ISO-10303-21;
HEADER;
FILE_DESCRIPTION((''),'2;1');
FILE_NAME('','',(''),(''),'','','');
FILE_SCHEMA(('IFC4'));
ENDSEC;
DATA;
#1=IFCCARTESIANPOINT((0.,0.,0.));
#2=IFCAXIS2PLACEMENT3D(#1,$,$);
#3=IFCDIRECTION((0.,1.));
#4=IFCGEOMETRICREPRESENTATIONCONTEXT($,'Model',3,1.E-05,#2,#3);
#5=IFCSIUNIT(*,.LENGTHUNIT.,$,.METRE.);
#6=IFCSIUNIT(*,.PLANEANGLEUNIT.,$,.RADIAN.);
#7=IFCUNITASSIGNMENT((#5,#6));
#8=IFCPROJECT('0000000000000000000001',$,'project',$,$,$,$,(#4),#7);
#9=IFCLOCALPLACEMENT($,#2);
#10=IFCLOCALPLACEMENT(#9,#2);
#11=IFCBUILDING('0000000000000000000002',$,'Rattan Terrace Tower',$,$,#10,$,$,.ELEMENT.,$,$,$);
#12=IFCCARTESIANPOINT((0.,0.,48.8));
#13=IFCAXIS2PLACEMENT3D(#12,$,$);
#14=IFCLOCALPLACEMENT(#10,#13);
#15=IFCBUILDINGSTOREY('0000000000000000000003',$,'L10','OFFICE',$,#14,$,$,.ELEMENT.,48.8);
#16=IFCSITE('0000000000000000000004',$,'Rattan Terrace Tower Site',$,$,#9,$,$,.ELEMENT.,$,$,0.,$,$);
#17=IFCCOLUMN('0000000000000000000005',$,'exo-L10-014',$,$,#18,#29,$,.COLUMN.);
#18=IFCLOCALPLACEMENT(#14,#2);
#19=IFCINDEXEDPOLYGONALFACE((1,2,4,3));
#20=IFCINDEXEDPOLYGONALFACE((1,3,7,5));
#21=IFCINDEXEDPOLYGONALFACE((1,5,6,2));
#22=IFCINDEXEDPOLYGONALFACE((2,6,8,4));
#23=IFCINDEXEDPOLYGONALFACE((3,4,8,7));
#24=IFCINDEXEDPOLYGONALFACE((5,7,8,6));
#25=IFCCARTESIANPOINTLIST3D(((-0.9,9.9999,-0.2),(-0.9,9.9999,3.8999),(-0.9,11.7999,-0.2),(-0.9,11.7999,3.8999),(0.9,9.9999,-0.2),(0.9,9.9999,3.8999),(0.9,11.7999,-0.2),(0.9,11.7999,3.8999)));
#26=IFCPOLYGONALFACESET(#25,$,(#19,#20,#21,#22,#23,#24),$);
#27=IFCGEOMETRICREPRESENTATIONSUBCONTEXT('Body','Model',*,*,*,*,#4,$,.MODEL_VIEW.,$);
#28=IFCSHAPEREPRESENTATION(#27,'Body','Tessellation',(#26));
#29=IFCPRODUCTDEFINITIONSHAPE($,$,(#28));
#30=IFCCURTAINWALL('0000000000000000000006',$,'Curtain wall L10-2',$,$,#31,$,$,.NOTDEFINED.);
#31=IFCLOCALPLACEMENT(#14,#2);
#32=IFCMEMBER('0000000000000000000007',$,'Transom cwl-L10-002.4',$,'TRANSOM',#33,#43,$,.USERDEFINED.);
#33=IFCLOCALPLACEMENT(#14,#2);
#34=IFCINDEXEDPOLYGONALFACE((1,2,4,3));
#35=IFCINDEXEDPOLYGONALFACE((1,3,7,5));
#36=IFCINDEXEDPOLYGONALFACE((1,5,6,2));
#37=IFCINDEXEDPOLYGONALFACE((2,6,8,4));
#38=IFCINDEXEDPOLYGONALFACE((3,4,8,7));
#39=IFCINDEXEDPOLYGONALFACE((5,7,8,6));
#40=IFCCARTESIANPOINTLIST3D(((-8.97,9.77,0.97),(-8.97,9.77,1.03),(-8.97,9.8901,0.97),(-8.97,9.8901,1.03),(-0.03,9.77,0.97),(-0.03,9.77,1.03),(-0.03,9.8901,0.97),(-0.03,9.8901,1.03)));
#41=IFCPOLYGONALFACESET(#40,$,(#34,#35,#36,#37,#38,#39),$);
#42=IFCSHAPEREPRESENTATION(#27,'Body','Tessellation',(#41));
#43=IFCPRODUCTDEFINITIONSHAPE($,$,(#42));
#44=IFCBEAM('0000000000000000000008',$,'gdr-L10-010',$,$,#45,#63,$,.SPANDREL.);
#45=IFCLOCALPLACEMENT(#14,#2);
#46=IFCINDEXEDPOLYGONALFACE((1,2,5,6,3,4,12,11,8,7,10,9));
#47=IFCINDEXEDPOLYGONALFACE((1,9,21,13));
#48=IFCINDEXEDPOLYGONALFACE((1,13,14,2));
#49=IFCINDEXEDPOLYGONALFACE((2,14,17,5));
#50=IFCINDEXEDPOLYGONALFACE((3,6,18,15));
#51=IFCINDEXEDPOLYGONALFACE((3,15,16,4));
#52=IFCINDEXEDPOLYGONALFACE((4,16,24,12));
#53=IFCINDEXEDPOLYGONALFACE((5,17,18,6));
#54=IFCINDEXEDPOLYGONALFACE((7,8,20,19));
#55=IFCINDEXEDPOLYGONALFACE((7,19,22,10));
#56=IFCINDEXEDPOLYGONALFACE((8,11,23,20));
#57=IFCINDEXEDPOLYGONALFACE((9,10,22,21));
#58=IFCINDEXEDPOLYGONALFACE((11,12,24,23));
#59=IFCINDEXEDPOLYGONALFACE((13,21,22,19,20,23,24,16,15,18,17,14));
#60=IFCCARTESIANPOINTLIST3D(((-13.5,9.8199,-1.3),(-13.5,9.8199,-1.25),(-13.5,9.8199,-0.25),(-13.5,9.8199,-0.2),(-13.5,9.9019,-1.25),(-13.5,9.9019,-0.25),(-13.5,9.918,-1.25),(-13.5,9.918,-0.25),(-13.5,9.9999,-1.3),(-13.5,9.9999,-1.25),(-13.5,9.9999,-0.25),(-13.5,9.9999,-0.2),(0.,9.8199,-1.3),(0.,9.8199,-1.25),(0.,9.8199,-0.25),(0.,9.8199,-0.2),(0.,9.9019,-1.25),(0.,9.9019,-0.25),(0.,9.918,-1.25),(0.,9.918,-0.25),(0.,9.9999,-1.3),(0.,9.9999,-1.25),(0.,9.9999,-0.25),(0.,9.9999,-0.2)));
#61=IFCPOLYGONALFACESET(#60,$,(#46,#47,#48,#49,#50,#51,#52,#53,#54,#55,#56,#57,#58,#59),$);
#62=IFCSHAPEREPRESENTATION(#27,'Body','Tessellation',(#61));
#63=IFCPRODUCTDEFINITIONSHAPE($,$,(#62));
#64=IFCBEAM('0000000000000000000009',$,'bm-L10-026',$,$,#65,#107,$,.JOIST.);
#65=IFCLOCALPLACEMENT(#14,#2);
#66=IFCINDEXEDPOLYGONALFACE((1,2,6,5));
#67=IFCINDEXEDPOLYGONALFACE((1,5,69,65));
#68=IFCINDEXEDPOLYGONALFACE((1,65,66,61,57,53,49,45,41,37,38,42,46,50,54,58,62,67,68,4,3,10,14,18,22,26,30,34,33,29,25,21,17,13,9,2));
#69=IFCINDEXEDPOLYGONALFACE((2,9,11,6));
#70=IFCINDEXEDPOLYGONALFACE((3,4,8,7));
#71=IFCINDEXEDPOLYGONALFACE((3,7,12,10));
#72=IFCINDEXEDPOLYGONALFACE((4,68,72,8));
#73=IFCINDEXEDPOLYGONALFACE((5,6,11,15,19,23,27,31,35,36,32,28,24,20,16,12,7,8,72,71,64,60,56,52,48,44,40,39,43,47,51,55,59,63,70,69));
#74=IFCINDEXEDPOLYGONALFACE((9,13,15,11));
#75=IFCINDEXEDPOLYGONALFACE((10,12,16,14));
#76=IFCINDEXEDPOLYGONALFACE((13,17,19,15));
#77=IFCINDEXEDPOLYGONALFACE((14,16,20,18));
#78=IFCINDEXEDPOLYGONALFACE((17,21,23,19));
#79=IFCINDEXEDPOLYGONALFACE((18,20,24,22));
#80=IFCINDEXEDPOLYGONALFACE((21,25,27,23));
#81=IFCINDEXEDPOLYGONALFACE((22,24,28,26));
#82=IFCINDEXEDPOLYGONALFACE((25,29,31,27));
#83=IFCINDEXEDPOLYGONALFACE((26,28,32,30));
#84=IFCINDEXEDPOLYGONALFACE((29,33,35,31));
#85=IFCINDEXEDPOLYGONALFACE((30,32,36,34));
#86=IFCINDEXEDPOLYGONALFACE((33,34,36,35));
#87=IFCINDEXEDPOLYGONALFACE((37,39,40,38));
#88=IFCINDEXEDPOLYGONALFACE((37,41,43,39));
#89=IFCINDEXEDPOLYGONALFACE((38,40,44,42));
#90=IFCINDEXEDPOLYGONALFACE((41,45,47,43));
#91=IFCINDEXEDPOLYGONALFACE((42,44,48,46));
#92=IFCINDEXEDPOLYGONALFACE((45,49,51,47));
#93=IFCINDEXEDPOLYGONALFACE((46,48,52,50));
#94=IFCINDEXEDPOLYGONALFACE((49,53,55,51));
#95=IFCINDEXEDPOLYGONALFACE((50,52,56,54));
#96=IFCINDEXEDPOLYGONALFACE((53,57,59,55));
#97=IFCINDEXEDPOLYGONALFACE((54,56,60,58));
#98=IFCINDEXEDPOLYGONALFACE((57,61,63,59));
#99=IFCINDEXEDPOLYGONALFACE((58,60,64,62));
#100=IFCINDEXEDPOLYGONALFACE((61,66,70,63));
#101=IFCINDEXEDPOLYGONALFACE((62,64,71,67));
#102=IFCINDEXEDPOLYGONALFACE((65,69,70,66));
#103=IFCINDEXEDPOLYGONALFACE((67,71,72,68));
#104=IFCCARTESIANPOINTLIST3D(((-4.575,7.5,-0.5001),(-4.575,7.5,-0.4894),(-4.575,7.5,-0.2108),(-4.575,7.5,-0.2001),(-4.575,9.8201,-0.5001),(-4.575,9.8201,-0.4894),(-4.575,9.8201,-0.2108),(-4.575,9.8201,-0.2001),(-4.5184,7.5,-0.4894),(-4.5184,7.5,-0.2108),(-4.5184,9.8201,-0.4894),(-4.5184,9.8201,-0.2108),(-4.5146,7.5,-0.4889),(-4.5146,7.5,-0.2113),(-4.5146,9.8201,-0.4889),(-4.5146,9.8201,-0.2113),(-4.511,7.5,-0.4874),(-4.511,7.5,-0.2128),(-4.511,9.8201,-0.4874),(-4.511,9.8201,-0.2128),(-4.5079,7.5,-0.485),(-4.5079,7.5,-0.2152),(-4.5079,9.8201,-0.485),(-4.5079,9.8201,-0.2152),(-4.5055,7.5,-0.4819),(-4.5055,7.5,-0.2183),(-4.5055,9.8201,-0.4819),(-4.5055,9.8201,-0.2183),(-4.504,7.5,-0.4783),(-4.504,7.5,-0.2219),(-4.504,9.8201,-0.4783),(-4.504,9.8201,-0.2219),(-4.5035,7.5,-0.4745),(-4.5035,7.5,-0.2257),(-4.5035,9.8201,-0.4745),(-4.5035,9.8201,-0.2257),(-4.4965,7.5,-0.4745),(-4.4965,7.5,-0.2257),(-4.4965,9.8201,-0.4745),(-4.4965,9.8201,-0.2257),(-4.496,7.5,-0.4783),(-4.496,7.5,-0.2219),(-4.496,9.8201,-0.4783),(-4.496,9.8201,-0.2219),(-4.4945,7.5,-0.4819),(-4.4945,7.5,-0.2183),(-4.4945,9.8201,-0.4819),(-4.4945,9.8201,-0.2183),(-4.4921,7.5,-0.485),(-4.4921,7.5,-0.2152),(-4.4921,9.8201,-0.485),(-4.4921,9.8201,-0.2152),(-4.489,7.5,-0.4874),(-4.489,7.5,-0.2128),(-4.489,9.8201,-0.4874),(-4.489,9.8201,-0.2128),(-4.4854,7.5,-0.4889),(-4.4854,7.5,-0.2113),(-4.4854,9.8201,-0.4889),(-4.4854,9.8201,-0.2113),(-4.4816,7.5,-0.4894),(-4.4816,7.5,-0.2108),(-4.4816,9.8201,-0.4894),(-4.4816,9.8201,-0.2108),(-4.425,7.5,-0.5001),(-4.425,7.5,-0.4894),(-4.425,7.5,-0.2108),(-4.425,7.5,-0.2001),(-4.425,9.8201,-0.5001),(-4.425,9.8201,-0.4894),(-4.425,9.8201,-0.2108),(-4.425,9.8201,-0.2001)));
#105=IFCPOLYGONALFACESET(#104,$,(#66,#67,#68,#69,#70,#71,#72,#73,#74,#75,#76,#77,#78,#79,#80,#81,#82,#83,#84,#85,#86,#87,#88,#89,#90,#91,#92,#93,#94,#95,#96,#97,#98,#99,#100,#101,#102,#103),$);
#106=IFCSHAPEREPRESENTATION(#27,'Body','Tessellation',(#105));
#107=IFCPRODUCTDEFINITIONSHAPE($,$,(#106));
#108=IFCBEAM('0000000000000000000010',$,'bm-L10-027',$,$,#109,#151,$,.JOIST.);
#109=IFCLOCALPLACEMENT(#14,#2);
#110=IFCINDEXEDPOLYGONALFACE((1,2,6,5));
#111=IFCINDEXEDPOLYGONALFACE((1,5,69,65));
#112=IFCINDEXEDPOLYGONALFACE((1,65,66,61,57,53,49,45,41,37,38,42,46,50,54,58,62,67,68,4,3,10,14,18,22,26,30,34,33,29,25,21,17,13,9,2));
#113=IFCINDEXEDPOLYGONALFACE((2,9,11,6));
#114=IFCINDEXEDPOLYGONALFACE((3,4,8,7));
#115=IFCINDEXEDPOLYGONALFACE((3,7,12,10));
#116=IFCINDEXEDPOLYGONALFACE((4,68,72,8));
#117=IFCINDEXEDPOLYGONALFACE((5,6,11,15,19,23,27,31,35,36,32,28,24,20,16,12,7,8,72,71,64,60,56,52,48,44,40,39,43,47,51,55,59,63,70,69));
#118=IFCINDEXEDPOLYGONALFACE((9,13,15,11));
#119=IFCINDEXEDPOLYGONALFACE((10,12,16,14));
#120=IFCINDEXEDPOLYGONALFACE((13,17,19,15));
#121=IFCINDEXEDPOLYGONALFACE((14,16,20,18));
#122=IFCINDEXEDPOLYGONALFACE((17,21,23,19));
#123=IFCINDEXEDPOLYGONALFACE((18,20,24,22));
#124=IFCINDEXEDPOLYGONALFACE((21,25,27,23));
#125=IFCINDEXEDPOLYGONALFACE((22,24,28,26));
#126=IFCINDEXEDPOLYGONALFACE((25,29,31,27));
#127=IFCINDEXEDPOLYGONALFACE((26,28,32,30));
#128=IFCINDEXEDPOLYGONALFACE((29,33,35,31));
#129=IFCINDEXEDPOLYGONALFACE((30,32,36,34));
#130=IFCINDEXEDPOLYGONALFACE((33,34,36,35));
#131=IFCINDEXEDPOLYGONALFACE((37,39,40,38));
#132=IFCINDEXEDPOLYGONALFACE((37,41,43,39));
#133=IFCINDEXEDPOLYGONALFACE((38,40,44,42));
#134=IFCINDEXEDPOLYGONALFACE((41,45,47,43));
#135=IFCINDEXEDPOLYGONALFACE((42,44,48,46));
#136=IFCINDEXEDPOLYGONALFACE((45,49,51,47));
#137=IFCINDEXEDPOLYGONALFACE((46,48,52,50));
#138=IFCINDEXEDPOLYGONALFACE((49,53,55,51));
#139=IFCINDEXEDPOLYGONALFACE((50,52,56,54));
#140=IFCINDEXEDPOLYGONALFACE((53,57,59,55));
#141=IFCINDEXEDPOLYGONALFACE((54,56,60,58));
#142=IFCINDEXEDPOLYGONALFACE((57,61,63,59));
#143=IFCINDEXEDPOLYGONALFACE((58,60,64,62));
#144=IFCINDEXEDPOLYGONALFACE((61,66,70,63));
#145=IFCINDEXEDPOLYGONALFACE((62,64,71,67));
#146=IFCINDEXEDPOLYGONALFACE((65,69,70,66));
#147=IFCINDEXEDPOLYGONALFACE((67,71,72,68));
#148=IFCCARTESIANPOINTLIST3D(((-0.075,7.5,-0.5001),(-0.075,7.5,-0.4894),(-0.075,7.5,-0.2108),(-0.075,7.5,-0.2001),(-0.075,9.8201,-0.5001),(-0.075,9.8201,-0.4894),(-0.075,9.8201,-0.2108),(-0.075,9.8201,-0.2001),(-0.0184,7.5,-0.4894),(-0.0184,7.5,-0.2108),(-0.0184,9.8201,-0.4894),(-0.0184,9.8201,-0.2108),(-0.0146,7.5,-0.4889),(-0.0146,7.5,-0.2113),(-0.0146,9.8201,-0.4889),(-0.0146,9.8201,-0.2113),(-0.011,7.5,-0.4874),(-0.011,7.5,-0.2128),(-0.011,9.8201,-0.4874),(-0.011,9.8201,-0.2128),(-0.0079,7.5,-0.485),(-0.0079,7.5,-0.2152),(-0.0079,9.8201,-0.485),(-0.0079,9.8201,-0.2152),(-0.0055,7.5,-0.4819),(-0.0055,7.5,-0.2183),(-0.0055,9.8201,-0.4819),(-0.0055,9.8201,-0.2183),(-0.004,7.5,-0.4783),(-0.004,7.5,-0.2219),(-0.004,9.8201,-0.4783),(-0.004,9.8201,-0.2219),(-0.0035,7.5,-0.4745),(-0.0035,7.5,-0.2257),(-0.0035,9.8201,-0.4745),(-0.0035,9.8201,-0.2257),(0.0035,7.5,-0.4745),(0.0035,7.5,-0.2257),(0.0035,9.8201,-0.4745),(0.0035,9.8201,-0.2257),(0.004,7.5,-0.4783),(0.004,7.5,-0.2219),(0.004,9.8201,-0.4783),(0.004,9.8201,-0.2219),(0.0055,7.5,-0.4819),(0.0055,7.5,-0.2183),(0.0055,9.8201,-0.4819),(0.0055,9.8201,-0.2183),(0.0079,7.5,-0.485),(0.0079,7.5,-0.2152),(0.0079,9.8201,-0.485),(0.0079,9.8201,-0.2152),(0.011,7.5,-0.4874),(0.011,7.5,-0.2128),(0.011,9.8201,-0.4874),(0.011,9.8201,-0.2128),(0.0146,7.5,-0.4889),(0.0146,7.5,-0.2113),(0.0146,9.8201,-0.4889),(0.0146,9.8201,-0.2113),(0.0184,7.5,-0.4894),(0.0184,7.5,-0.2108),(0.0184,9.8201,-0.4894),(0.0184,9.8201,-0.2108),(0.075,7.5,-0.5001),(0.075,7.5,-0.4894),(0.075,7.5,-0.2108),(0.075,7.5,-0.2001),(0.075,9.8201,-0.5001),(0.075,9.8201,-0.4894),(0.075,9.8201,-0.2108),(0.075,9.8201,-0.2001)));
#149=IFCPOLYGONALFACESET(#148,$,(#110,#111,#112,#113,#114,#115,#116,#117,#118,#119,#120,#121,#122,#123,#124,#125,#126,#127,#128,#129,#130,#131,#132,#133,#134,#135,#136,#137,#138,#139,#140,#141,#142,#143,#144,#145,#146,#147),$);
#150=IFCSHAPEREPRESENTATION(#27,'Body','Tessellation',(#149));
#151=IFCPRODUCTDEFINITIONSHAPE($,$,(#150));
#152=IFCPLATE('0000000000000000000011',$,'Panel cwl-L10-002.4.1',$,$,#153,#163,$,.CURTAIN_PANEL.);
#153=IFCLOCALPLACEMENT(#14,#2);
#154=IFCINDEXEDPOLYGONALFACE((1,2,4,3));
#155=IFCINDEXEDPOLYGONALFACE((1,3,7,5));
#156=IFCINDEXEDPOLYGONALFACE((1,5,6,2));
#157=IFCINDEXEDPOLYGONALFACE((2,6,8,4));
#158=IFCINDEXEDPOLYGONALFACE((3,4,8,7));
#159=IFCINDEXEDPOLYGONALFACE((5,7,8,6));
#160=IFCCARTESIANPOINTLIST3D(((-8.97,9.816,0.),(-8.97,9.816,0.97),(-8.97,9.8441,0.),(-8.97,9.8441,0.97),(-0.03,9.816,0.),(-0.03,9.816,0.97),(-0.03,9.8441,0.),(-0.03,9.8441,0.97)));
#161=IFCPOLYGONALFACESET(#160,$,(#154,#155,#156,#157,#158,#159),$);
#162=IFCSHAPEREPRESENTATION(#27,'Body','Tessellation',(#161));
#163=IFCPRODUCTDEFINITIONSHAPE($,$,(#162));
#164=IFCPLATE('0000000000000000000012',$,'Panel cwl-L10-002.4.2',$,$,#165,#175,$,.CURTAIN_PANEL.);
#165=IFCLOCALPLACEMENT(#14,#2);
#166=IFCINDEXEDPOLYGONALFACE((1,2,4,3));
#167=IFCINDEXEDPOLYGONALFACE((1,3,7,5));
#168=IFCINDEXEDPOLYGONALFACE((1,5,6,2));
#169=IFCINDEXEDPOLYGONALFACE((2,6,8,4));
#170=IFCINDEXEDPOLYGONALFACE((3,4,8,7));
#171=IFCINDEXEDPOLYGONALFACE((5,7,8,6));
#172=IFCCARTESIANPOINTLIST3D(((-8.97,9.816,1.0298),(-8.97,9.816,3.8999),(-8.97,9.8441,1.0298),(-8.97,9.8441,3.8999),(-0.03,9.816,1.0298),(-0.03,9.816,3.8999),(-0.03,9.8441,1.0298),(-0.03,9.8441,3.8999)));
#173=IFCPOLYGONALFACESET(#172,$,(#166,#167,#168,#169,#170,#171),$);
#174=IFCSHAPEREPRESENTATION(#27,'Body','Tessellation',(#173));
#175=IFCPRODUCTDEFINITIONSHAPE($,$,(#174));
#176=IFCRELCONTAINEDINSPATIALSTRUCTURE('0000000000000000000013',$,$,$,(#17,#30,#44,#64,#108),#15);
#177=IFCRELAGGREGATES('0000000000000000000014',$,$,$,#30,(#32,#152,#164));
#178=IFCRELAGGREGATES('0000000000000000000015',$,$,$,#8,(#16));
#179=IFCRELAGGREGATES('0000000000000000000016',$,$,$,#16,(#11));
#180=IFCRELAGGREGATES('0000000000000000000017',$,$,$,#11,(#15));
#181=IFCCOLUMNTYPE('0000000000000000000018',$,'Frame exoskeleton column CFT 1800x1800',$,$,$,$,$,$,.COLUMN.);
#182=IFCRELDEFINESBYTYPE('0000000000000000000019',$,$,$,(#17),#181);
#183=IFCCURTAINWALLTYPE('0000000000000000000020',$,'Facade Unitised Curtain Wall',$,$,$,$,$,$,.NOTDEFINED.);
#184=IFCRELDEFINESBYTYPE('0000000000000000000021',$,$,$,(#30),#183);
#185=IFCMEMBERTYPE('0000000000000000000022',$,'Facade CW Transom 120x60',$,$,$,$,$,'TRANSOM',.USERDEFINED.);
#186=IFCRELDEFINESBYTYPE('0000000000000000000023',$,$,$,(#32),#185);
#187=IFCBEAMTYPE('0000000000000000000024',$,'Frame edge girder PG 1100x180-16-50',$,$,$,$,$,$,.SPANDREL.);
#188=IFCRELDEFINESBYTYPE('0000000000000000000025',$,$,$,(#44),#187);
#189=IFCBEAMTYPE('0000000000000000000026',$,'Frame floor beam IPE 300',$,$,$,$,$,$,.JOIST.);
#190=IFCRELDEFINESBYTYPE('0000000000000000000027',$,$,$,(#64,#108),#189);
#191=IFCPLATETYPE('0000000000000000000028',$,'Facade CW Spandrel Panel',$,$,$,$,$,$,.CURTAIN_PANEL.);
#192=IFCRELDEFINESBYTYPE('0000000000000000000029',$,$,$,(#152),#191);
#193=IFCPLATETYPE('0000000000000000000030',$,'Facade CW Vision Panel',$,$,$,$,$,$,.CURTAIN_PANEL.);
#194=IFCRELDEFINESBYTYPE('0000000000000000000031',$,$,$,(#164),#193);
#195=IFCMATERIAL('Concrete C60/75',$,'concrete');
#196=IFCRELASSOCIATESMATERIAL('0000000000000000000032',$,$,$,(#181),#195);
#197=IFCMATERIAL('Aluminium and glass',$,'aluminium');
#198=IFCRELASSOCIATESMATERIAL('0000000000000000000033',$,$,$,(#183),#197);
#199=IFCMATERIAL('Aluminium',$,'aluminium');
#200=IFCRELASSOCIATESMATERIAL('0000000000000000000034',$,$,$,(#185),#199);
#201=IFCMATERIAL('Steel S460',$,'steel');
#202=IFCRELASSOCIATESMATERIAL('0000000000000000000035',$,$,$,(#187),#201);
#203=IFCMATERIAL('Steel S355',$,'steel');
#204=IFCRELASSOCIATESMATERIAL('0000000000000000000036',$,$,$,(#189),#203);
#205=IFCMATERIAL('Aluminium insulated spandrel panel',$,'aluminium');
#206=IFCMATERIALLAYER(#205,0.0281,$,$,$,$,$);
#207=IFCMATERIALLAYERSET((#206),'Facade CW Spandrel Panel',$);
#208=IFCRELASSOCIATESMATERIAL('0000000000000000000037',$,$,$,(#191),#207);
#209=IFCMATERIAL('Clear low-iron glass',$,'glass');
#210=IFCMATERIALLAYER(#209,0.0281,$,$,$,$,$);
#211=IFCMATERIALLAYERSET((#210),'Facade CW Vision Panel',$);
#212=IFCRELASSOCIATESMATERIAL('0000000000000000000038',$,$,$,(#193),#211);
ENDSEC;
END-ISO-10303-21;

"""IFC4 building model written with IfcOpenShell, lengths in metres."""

from ifc_helpers import new_model, si_unit, direction, frame, origin, origin_2d, place, context, subcontext, project, spatial, rectangle, i_section, extrude, material, layer, layer_set, material_profile, profile_set, type_object, element, aggregate, save


model = new_model("IFC4")

# Units and contexts
model_context = context("Model", 3, precision=1e-05, world=origin(), true_north=direction((0.0, 1.0)))
body_context = subcontext(model_context, "Body", "Model", "MODEL_VIEW")
ifc_project = project(units=[si_unit("LENGTHUNIT", "METRE"), si_unit("PLANEANGLEUNIT", "RADIAN")], contexts=[model_context])

# Site, building, storey
site_placement = place(None, origin())
site = spatial("IfcSite", under=ifc_project, at=site_placement, Name="Rattan Terrace Tower Site", CompositionType="ELEMENT", RefElevation=0.0)
building_placement = place(site_placement, origin())
building = spatial("IfcBuilding", under=site, at=building_placement, Name="Rattan Terrace Tower", CompositionType="ELEMENT")
storey_placement = place(building_placement, frame((0.0, 0.0, 48.8)))
storey = spatial("IfcBuildingStorey", under=building, at=storey_placement, Name="L10", Description="OFFICE", CompositionType="ELEMENT", Elevation=48.8)

# Column
ifc_material_1 = material(Name="Concrete C60/75", Category="concrete")
ifc_material_profile_1 = material_profile(ifc_material_1, rectangle(XDim=1.8, YDim=1.8, at=origin_2d()), Name="CFT 1800x1800")
ifc_profile_set_1 = profile_set([ifc_material_profile_1], Name="Concrete C60/75")
column_type = type_object("IfcColumnType", Name="Frame exoskeleton column CFT 1800x1800", PredefinedType="COLUMN", material=ifc_profile_set_1)
column_placement = place(storey_placement, frame((0.0, 10.8999, -0.2), z_axis=(0.0, 0.0, 1.0), x_axis=(1.0, 0.0, 0.0)))
element("IfcColumn", 1, at=column_placement, inside=storey, type_object=column_type, Name="exo-L10-014", PredefinedType="COLUMN", context=body_context, shape_type="SweptSolid", body=[
    extrude(rectangle(XDim=1.8, YDim=1.8, at=origin_2d()), origin(), (0.0, 0.0, 1.0), 4.0999),
])

# Curtain wall, member
ifc_material_2 = material(Name="Aluminium and glass", Category="aluminium")
curtain_wall_type = type_object("IfcCurtainWallType", Name="Facade Unitised Curtain Wall", PredefinedType="NOTDEFINED", material=ifc_material_2)
curtain_wall_placement = place(storey_placement, origin())
curtain_wall = element("IfcCurtainWall", 2, at=curtain_wall_placement, inside=storey, type_object=curtain_wall_type, Name="Curtain wall L10-2", PredefinedType="NOTDEFINED")
ifc_material_3 = material(Name="Aluminium", Category="aluminium")
ifc_material_profile_2 = material_profile(ifc_material_3, rectangle(XDim=0.1201, YDim=0.0601, at=origin_2d()), Name="Aluminium 120x60")
ifc_profile_set_2 = profile_set([ifc_material_profile_2], Name="Aluminium")
member_type = type_object("IfcMemberType", Name="Facade CW Transom 120x60", ElementType="TRANSOM", PredefinedType="USERDEFINED", material=ifc_profile_set_2)
member_placement = place(storey_placement, frame((-0.03, 9.8301, 1.0), z_axis=(-1.0, 0.0, 0.0), x_axis=(0.0, -1.0, 0.0)))
member = element("IfcMember", 3, at=member_placement, type_object=member_type, Name="Transom cwl-L10-002.4", ObjectType="TRANSOM", PredefinedType="USERDEFINED", context=body_context, shape_type="SweptSolid", body=[
    extrude(rectangle(XDim=0.1201, YDim=0.0601, at=origin_2d()), origin(), (0.0, 0.0, 1.0), 8.9399),
])

# Beams
ifc_material_4 = material(Name="Steel S460", Category="steel")
ifc_material_profile_3 = material_profile(ifc_material_4, i_section(OverallWidth=0.1799, OverallDepth=1.1001, WebThickness=0.0161, FlangeThickness=0.05, at=origin_2d()), Name="PG 1100x180-16-50")
ifc_profile_set_3 = profile_set([ifc_material_profile_3], Name="Steel S460")
beam_type_1 = type_object("IfcBeamType", Name="Frame edge girder PG 1100x180-16-50", PredefinedType="SPANDREL", material=ifc_profile_set_3)
beam_placement = place(storey_placement, frame((0.0, 9.9099, -0.75), z_axis=(-1.0, 0.0, 0.0), x_axis=(0.0, -1.0, 0.0)))
element("IfcBeam", 4, at=beam_placement, inside=storey, type_object=beam_type_1, Name="gdr-L10-010", PredefinedType="SPANDREL", context=body_context, shape_type="SweptSolid", body=[
    extrude(i_section(OverallWidth=0.1799, OverallDepth=1.1001, WebThickness=0.0161, FlangeThickness=0.05, at=origin_2d()), origin(), (0.0, 0.0, 1.0), 13.5),
])
ifc_material_5 = material(Name="Steel S355", Category="steel")
ifc_material_profile_4 = material_profile(ifc_material_5, i_section(OverallWidth=0.1499, OverallDepth=0.3, WebThickness=0.0071, FlangeThickness=0.0107, FilletRadius=0.0149, at=origin_2d()), Name="IPE 300")
ifc_profile_set_4 = profile_set([ifc_material_profile_4], Name="Steel S355")
beam_type_2 = type_object("IfcBeamType", Name="Frame floor beam IPE 300", PredefinedType="JOIST", material=ifc_profile_set_4)
for number, where, z_axis, x_axis, name in (
    (5, (-4.5, 7.5, -0.3501), (0.0, 1.0, 0.0), (-1.0, 0.0, 0.0), "bm-L10-026"),
    (6, (0.0, 7.5, -0.3501), (0.0, 1.0, 0.0), (-1.0, 0.0, 0.0), "bm-L10-027"),
):
    element("IfcBeam", number, at=place(storey_placement, frame(where, z_axis=z_axis, x_axis=x_axis)), inside=storey, type_object=beam_type_2, Name=name, PredefinedType="JOIST", context=body_context, shape_type="SweptSolid", body=[
        extrude(i_section(OverallWidth=0.1499, OverallDepth=0.3, WebThickness=0.0071, FlangeThickness=0.0107, FilletRadius=0.0149, at=origin_2d()), origin(), (0.0, 0.0, 1.0), 2.3201),
    ])

# Plates
ifc_material_6 = material(Name="Aluminium insulated spandrel panel", Category="aluminium")
ifc_layer_1 = layer(ifc_material_6, 0.0281)
ifc_layer_set_1 = layer_set([ifc_layer_1], Name="Facade CW Spandrel Panel")
plate_type_1 = type_object("IfcPlateType", Name="Facade CW Spandrel Panel", PredefinedType="CURTAIN_PANEL", material=ifc_layer_set_1)
plate_1_placement = place(storey_placement, frame((-4.5, 9.8301, 0.0), z_axis=(0.0, 0.0, 1.0), x_axis=(-1.0, 0.0, 0.0)))
plate_1 = element("IfcPlate", 7, at=plate_1_placement, type_object=plate_type_1, Name="Panel cwl-L10-002.4.1", PredefinedType="CURTAIN_PANEL", context=body_context, shape_type="SweptSolid", body=[
    extrude(rectangle(XDim=8.9399, YDim=0.0281, at=origin_2d()), origin(), (0.0, 0.0, 1.0), 0.97),
])
ifc_material_7 = material(Name="Clear low-iron glass", Category="glass")
ifc_layer_2 = layer(ifc_material_7, 0.0281)
ifc_layer_set_2 = layer_set([ifc_layer_2], Name="Facade CW Vision Panel")
plate_type_2 = type_object("IfcPlateType", Name="Facade CW Vision Panel", PredefinedType="CURTAIN_PANEL", material=ifc_layer_set_2)
plate_2_placement = place(storey_placement, frame((-4.5, 9.8301, 1.0298), z_axis=(0.0, 0.0, 1.0), x_axis=(-1.0, 0.0, 0.0)))
plate_2 = element("IfcPlate", 8, at=plate_2_placement, type_object=plate_type_2, Name="Panel cwl-L10-002.4.2", PredefinedType="CURTAIN_PANEL", context=body_context, shape_type="SweptSolid", body=[
    extrude(rectangle(XDim=8.9399, YDim=0.0281, at=origin_2d()), origin(), (0.0, 0.0, 1.0), 2.8701),
])
aggregate(curtain_wall, [member, plate_1, plate_2])

save(model, "model.ifc")
